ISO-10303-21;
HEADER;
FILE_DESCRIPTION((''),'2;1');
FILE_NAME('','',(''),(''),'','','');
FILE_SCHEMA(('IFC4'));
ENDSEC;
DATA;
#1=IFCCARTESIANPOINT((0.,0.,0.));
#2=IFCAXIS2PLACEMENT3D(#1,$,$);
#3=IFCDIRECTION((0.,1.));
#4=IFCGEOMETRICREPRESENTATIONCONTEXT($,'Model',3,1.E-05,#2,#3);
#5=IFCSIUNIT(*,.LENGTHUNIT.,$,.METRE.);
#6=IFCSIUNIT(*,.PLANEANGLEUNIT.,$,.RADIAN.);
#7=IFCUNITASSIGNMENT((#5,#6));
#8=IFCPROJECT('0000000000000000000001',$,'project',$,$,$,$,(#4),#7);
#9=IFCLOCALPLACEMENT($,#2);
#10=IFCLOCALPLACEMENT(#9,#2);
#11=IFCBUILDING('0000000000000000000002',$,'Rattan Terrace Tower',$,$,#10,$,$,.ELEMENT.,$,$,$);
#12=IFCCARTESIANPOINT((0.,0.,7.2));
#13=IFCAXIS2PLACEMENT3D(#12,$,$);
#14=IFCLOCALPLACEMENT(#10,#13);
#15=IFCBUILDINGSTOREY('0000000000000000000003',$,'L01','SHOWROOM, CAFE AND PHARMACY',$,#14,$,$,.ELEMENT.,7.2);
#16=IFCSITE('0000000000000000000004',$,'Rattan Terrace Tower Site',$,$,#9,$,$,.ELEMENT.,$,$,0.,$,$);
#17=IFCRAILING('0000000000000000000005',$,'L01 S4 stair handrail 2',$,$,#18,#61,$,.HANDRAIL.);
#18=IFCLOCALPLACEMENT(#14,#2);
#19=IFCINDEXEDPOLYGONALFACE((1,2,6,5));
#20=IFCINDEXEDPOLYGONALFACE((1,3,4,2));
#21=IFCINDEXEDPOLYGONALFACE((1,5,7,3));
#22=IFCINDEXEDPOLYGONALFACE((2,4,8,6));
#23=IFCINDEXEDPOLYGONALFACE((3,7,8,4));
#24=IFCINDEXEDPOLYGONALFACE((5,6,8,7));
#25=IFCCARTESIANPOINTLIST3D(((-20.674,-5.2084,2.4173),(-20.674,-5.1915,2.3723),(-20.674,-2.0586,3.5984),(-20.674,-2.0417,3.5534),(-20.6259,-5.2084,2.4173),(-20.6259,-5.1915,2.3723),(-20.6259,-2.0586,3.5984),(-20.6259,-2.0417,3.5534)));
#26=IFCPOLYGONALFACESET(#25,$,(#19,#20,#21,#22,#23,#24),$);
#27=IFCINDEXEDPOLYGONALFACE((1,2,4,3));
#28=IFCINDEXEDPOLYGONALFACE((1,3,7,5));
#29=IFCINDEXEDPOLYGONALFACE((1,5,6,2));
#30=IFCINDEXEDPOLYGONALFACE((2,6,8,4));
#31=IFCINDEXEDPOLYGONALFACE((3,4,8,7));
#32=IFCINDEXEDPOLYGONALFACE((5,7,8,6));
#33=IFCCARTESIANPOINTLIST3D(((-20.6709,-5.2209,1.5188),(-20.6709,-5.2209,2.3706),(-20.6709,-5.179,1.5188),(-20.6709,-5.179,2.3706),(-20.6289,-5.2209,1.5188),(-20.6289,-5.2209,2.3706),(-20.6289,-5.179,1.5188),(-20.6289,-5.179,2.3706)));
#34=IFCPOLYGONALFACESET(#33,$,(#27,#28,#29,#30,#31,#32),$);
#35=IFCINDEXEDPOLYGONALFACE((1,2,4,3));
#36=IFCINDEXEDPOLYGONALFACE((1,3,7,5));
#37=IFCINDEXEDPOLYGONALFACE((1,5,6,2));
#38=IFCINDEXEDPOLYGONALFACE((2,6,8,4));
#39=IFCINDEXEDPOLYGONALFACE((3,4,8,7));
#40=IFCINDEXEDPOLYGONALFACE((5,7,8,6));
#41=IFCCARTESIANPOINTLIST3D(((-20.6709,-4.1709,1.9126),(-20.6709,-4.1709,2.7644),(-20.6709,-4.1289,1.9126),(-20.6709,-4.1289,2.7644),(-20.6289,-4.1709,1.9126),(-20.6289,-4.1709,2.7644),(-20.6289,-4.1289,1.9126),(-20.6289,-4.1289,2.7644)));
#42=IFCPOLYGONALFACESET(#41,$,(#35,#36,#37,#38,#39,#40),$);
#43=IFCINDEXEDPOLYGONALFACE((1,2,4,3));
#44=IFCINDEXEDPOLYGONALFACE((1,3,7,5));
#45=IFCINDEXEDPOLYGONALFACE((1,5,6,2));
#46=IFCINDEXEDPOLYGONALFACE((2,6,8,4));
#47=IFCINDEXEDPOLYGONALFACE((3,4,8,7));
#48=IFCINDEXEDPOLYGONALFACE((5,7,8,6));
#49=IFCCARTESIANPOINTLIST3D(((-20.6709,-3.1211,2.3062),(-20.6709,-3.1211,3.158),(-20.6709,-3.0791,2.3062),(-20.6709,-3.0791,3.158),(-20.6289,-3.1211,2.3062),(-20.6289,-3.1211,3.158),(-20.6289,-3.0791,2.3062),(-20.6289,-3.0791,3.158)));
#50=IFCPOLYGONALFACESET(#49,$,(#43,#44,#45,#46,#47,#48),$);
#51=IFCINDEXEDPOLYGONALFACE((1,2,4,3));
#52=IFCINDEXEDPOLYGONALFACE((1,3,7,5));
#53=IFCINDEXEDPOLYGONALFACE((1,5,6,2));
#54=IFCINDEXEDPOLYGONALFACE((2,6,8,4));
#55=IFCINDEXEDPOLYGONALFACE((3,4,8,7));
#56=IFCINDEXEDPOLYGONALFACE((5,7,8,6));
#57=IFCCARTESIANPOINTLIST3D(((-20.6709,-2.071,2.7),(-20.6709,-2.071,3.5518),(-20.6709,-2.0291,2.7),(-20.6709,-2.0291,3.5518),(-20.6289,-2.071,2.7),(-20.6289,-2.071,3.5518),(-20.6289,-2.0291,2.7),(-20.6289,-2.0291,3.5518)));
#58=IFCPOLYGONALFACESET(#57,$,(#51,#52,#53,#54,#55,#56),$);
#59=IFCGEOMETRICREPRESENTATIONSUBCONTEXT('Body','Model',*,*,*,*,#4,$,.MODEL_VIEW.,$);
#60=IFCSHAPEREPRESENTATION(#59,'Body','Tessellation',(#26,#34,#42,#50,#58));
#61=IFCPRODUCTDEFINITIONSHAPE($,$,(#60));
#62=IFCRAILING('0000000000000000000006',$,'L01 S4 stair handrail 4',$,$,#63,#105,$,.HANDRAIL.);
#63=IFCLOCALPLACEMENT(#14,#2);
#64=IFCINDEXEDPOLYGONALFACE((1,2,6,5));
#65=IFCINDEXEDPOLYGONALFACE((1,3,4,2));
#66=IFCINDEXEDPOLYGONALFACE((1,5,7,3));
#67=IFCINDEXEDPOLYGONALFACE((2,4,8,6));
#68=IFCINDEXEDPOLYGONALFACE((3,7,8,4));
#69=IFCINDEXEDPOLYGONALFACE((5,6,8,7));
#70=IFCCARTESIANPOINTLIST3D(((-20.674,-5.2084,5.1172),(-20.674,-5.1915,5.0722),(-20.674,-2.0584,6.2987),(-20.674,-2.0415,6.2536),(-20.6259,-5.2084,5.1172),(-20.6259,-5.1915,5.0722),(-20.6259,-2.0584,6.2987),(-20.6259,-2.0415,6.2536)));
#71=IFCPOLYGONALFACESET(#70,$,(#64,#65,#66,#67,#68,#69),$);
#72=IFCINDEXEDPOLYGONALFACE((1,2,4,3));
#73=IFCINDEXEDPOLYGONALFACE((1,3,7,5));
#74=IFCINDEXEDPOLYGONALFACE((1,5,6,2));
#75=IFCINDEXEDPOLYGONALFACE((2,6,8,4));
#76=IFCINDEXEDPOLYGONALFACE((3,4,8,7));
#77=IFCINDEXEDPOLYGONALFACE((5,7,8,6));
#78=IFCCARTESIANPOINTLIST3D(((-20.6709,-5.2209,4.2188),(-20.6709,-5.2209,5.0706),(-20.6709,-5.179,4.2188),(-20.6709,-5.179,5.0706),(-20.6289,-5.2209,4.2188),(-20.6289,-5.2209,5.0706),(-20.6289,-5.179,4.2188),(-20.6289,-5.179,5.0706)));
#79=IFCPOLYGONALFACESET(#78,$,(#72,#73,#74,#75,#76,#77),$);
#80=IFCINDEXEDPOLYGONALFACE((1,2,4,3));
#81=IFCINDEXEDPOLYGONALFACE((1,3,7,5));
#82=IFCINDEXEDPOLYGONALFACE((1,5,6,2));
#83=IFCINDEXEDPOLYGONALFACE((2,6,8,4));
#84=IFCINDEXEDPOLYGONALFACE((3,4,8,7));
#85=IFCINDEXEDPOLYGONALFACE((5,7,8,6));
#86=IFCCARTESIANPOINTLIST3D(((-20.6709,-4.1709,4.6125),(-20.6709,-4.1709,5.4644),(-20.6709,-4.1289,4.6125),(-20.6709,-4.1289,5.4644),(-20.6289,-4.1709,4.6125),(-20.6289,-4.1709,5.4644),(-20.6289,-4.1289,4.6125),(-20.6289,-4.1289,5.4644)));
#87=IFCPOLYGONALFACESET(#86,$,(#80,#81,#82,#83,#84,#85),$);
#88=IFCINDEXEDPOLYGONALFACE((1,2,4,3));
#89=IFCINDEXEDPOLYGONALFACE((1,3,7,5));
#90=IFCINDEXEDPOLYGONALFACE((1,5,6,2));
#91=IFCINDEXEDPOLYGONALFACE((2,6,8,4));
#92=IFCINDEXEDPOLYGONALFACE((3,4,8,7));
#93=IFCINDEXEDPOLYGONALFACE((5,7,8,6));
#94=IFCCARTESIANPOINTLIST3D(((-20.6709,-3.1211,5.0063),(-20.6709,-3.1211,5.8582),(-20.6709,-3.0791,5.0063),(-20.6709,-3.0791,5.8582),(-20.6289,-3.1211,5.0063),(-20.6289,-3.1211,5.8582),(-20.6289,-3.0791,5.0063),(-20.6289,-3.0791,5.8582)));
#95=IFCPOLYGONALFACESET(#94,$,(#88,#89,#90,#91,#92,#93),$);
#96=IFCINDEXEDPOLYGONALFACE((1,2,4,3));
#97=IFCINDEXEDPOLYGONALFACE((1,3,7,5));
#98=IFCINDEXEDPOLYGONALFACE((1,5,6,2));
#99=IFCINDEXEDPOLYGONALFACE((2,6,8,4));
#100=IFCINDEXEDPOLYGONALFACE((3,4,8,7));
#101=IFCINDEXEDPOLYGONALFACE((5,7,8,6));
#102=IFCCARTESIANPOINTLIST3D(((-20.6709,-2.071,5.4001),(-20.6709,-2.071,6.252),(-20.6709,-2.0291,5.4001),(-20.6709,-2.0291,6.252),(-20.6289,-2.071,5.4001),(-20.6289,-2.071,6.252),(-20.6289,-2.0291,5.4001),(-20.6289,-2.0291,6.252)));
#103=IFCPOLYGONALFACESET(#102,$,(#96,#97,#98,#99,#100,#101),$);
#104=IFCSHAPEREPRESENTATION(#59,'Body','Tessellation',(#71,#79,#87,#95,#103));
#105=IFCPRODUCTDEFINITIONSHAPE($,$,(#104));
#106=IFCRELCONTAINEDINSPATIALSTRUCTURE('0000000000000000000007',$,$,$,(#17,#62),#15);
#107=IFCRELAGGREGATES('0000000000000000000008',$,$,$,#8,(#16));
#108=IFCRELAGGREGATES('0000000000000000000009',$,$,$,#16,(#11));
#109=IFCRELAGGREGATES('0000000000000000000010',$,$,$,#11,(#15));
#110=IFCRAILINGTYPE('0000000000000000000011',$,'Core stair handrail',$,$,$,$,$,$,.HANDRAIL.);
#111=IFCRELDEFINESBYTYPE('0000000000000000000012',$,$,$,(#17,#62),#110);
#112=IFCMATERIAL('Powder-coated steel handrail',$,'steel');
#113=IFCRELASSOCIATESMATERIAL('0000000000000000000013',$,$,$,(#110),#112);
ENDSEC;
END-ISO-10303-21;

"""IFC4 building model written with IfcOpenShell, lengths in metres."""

from ifc_helpers import new_model, si_unit, direction, frame, origin, origin_2d, place, context, subcontext, project, spatial, rectangle, extrude, material, type_object, element, save


model = new_model("IFC4")

# Units and contexts
model_context = context("Model", 3, precision=1e-05, world=origin(), true_north=direction((0.0, 1.0)))
body_context = subcontext(model_context, "Body", "Model", "MODEL_VIEW")
ifc_project = project(units=[si_unit("LENGTHUNIT", "METRE"), si_unit("PLANEANGLEUNIT", "RADIAN")], contexts=[model_context])

# Site, building, storey
site_placement = place(None, origin())
site = spatial("IfcSite", under=ifc_project, at=site_placement, Name="Rattan Terrace Tower Site", CompositionType="ELEMENT", RefElevation=0.0)
building_placement = place(site_placement, origin())
building = spatial("IfcBuilding", under=site, at=building_placement, Name="Rattan Terrace Tower", CompositionType="ELEMENT")
storey_placement = place(building_placement, frame((0.0, 0.0, 7.2)))
storey = spatial("IfcBuildingStorey", under=building, at=storey_placement, Name="L01", Description="SHOWROOM, CAFE AND PHARMACY", CompositionType="ELEMENT", Elevation=7.2)

# Railings
ifc_material_1 = material(Name="Powder-coated steel handrail", Category="steel")
railing_type_1 = type_object("IfcRailingType", Name="Core stair handrail", PredefinedType="HANDRAIL", material=ifc_material_1)
railing_1_placement = place(storey_placement, frame((-20.6499, -5.2, 1.5188)))
element("IfcRailing", 1, at=railing_1_placement, inside=storey, type_object=railing_type_1, Name="L01 S4 stair handrail 2", PredefinedType="HANDRAIL", context=body_context, shape_type="SweptSolid", body=[
    extrude(rectangle(XDim=0.0481, YDim=0.0481, at=origin_2d()), frame((0.0, 0.0, 0.876), z_axis=(0.0, 0.936335, 0.351108), x_axis=(-1.0, 0.0, 0.0)), (0.0, 0.0, 1.0), 3.364),
    extrude(rectangle(XDim=0.042, YDim=0.042, at=origin_2d()), origin(), (0.0, 0.0, 1.0), 0.8518),
    extrude(rectangle(XDim=0.042, YDim=0.042, at=origin_2d()), frame((0.0, 1.05, 0.3938)), (0.0, 0.0, 1.0), 0.8518),
    extrude(rectangle(XDim=0.042, YDim=0.042, at=origin_2d()), frame((0.0, 2.0999, 0.7874)), (0.0, 0.0, 1.0), 0.8518),
    extrude(rectangle(XDim=0.042, YDim=0.042, at=origin_2d()), frame((0.0, 3.1499, 1.1812)), (0.0, 0.0, 1.0), 0.8518),
])
railing_2_placement = place(storey_placement, frame((-20.6499, -5.2, 4.2188)))
element("IfcRailing", 2, at=railing_2_placement, inside=storey, type_object=railing_type_1, Name="L01 S4 stair handrail 4", PredefinedType="HANDRAIL", context=body_context, shape_type="SweptSolid", body=[
    extrude(rectangle(XDim=0.0481, YDim=0.0481, at=origin_2d()), frame((0.0, 0.0, 0.876), z_axis=(0.0, 0.936311, 0.351171), x_axis=(-1.0, 0.0, 0.0)), (0.0, 0.0, 1.0), 3.3643),
    extrude(rectangle(XDim=0.042, YDim=0.042, at=origin_2d()), origin(), (0.0, 0.0, 1.0), 0.8518),
    extrude(rectangle(XDim=0.042, YDim=0.042, at=origin_2d()), frame((0.0, 1.05, 0.3938)), (0.0, 0.0, 1.0), 0.8518),
    extrude(rectangle(XDim=0.042, YDim=0.042, at=origin_2d()), frame((0.0, 2.0999, 0.7876)), (0.0, 0.0, 1.0), 0.8518),
    extrude(rectangle(XDim=0.042, YDim=0.042, at=origin_2d()), frame((0.0, 3.1499, 1.1814)), (0.0, 0.0, 1.0), 0.8518),
])

save(model, "model.ifc")
